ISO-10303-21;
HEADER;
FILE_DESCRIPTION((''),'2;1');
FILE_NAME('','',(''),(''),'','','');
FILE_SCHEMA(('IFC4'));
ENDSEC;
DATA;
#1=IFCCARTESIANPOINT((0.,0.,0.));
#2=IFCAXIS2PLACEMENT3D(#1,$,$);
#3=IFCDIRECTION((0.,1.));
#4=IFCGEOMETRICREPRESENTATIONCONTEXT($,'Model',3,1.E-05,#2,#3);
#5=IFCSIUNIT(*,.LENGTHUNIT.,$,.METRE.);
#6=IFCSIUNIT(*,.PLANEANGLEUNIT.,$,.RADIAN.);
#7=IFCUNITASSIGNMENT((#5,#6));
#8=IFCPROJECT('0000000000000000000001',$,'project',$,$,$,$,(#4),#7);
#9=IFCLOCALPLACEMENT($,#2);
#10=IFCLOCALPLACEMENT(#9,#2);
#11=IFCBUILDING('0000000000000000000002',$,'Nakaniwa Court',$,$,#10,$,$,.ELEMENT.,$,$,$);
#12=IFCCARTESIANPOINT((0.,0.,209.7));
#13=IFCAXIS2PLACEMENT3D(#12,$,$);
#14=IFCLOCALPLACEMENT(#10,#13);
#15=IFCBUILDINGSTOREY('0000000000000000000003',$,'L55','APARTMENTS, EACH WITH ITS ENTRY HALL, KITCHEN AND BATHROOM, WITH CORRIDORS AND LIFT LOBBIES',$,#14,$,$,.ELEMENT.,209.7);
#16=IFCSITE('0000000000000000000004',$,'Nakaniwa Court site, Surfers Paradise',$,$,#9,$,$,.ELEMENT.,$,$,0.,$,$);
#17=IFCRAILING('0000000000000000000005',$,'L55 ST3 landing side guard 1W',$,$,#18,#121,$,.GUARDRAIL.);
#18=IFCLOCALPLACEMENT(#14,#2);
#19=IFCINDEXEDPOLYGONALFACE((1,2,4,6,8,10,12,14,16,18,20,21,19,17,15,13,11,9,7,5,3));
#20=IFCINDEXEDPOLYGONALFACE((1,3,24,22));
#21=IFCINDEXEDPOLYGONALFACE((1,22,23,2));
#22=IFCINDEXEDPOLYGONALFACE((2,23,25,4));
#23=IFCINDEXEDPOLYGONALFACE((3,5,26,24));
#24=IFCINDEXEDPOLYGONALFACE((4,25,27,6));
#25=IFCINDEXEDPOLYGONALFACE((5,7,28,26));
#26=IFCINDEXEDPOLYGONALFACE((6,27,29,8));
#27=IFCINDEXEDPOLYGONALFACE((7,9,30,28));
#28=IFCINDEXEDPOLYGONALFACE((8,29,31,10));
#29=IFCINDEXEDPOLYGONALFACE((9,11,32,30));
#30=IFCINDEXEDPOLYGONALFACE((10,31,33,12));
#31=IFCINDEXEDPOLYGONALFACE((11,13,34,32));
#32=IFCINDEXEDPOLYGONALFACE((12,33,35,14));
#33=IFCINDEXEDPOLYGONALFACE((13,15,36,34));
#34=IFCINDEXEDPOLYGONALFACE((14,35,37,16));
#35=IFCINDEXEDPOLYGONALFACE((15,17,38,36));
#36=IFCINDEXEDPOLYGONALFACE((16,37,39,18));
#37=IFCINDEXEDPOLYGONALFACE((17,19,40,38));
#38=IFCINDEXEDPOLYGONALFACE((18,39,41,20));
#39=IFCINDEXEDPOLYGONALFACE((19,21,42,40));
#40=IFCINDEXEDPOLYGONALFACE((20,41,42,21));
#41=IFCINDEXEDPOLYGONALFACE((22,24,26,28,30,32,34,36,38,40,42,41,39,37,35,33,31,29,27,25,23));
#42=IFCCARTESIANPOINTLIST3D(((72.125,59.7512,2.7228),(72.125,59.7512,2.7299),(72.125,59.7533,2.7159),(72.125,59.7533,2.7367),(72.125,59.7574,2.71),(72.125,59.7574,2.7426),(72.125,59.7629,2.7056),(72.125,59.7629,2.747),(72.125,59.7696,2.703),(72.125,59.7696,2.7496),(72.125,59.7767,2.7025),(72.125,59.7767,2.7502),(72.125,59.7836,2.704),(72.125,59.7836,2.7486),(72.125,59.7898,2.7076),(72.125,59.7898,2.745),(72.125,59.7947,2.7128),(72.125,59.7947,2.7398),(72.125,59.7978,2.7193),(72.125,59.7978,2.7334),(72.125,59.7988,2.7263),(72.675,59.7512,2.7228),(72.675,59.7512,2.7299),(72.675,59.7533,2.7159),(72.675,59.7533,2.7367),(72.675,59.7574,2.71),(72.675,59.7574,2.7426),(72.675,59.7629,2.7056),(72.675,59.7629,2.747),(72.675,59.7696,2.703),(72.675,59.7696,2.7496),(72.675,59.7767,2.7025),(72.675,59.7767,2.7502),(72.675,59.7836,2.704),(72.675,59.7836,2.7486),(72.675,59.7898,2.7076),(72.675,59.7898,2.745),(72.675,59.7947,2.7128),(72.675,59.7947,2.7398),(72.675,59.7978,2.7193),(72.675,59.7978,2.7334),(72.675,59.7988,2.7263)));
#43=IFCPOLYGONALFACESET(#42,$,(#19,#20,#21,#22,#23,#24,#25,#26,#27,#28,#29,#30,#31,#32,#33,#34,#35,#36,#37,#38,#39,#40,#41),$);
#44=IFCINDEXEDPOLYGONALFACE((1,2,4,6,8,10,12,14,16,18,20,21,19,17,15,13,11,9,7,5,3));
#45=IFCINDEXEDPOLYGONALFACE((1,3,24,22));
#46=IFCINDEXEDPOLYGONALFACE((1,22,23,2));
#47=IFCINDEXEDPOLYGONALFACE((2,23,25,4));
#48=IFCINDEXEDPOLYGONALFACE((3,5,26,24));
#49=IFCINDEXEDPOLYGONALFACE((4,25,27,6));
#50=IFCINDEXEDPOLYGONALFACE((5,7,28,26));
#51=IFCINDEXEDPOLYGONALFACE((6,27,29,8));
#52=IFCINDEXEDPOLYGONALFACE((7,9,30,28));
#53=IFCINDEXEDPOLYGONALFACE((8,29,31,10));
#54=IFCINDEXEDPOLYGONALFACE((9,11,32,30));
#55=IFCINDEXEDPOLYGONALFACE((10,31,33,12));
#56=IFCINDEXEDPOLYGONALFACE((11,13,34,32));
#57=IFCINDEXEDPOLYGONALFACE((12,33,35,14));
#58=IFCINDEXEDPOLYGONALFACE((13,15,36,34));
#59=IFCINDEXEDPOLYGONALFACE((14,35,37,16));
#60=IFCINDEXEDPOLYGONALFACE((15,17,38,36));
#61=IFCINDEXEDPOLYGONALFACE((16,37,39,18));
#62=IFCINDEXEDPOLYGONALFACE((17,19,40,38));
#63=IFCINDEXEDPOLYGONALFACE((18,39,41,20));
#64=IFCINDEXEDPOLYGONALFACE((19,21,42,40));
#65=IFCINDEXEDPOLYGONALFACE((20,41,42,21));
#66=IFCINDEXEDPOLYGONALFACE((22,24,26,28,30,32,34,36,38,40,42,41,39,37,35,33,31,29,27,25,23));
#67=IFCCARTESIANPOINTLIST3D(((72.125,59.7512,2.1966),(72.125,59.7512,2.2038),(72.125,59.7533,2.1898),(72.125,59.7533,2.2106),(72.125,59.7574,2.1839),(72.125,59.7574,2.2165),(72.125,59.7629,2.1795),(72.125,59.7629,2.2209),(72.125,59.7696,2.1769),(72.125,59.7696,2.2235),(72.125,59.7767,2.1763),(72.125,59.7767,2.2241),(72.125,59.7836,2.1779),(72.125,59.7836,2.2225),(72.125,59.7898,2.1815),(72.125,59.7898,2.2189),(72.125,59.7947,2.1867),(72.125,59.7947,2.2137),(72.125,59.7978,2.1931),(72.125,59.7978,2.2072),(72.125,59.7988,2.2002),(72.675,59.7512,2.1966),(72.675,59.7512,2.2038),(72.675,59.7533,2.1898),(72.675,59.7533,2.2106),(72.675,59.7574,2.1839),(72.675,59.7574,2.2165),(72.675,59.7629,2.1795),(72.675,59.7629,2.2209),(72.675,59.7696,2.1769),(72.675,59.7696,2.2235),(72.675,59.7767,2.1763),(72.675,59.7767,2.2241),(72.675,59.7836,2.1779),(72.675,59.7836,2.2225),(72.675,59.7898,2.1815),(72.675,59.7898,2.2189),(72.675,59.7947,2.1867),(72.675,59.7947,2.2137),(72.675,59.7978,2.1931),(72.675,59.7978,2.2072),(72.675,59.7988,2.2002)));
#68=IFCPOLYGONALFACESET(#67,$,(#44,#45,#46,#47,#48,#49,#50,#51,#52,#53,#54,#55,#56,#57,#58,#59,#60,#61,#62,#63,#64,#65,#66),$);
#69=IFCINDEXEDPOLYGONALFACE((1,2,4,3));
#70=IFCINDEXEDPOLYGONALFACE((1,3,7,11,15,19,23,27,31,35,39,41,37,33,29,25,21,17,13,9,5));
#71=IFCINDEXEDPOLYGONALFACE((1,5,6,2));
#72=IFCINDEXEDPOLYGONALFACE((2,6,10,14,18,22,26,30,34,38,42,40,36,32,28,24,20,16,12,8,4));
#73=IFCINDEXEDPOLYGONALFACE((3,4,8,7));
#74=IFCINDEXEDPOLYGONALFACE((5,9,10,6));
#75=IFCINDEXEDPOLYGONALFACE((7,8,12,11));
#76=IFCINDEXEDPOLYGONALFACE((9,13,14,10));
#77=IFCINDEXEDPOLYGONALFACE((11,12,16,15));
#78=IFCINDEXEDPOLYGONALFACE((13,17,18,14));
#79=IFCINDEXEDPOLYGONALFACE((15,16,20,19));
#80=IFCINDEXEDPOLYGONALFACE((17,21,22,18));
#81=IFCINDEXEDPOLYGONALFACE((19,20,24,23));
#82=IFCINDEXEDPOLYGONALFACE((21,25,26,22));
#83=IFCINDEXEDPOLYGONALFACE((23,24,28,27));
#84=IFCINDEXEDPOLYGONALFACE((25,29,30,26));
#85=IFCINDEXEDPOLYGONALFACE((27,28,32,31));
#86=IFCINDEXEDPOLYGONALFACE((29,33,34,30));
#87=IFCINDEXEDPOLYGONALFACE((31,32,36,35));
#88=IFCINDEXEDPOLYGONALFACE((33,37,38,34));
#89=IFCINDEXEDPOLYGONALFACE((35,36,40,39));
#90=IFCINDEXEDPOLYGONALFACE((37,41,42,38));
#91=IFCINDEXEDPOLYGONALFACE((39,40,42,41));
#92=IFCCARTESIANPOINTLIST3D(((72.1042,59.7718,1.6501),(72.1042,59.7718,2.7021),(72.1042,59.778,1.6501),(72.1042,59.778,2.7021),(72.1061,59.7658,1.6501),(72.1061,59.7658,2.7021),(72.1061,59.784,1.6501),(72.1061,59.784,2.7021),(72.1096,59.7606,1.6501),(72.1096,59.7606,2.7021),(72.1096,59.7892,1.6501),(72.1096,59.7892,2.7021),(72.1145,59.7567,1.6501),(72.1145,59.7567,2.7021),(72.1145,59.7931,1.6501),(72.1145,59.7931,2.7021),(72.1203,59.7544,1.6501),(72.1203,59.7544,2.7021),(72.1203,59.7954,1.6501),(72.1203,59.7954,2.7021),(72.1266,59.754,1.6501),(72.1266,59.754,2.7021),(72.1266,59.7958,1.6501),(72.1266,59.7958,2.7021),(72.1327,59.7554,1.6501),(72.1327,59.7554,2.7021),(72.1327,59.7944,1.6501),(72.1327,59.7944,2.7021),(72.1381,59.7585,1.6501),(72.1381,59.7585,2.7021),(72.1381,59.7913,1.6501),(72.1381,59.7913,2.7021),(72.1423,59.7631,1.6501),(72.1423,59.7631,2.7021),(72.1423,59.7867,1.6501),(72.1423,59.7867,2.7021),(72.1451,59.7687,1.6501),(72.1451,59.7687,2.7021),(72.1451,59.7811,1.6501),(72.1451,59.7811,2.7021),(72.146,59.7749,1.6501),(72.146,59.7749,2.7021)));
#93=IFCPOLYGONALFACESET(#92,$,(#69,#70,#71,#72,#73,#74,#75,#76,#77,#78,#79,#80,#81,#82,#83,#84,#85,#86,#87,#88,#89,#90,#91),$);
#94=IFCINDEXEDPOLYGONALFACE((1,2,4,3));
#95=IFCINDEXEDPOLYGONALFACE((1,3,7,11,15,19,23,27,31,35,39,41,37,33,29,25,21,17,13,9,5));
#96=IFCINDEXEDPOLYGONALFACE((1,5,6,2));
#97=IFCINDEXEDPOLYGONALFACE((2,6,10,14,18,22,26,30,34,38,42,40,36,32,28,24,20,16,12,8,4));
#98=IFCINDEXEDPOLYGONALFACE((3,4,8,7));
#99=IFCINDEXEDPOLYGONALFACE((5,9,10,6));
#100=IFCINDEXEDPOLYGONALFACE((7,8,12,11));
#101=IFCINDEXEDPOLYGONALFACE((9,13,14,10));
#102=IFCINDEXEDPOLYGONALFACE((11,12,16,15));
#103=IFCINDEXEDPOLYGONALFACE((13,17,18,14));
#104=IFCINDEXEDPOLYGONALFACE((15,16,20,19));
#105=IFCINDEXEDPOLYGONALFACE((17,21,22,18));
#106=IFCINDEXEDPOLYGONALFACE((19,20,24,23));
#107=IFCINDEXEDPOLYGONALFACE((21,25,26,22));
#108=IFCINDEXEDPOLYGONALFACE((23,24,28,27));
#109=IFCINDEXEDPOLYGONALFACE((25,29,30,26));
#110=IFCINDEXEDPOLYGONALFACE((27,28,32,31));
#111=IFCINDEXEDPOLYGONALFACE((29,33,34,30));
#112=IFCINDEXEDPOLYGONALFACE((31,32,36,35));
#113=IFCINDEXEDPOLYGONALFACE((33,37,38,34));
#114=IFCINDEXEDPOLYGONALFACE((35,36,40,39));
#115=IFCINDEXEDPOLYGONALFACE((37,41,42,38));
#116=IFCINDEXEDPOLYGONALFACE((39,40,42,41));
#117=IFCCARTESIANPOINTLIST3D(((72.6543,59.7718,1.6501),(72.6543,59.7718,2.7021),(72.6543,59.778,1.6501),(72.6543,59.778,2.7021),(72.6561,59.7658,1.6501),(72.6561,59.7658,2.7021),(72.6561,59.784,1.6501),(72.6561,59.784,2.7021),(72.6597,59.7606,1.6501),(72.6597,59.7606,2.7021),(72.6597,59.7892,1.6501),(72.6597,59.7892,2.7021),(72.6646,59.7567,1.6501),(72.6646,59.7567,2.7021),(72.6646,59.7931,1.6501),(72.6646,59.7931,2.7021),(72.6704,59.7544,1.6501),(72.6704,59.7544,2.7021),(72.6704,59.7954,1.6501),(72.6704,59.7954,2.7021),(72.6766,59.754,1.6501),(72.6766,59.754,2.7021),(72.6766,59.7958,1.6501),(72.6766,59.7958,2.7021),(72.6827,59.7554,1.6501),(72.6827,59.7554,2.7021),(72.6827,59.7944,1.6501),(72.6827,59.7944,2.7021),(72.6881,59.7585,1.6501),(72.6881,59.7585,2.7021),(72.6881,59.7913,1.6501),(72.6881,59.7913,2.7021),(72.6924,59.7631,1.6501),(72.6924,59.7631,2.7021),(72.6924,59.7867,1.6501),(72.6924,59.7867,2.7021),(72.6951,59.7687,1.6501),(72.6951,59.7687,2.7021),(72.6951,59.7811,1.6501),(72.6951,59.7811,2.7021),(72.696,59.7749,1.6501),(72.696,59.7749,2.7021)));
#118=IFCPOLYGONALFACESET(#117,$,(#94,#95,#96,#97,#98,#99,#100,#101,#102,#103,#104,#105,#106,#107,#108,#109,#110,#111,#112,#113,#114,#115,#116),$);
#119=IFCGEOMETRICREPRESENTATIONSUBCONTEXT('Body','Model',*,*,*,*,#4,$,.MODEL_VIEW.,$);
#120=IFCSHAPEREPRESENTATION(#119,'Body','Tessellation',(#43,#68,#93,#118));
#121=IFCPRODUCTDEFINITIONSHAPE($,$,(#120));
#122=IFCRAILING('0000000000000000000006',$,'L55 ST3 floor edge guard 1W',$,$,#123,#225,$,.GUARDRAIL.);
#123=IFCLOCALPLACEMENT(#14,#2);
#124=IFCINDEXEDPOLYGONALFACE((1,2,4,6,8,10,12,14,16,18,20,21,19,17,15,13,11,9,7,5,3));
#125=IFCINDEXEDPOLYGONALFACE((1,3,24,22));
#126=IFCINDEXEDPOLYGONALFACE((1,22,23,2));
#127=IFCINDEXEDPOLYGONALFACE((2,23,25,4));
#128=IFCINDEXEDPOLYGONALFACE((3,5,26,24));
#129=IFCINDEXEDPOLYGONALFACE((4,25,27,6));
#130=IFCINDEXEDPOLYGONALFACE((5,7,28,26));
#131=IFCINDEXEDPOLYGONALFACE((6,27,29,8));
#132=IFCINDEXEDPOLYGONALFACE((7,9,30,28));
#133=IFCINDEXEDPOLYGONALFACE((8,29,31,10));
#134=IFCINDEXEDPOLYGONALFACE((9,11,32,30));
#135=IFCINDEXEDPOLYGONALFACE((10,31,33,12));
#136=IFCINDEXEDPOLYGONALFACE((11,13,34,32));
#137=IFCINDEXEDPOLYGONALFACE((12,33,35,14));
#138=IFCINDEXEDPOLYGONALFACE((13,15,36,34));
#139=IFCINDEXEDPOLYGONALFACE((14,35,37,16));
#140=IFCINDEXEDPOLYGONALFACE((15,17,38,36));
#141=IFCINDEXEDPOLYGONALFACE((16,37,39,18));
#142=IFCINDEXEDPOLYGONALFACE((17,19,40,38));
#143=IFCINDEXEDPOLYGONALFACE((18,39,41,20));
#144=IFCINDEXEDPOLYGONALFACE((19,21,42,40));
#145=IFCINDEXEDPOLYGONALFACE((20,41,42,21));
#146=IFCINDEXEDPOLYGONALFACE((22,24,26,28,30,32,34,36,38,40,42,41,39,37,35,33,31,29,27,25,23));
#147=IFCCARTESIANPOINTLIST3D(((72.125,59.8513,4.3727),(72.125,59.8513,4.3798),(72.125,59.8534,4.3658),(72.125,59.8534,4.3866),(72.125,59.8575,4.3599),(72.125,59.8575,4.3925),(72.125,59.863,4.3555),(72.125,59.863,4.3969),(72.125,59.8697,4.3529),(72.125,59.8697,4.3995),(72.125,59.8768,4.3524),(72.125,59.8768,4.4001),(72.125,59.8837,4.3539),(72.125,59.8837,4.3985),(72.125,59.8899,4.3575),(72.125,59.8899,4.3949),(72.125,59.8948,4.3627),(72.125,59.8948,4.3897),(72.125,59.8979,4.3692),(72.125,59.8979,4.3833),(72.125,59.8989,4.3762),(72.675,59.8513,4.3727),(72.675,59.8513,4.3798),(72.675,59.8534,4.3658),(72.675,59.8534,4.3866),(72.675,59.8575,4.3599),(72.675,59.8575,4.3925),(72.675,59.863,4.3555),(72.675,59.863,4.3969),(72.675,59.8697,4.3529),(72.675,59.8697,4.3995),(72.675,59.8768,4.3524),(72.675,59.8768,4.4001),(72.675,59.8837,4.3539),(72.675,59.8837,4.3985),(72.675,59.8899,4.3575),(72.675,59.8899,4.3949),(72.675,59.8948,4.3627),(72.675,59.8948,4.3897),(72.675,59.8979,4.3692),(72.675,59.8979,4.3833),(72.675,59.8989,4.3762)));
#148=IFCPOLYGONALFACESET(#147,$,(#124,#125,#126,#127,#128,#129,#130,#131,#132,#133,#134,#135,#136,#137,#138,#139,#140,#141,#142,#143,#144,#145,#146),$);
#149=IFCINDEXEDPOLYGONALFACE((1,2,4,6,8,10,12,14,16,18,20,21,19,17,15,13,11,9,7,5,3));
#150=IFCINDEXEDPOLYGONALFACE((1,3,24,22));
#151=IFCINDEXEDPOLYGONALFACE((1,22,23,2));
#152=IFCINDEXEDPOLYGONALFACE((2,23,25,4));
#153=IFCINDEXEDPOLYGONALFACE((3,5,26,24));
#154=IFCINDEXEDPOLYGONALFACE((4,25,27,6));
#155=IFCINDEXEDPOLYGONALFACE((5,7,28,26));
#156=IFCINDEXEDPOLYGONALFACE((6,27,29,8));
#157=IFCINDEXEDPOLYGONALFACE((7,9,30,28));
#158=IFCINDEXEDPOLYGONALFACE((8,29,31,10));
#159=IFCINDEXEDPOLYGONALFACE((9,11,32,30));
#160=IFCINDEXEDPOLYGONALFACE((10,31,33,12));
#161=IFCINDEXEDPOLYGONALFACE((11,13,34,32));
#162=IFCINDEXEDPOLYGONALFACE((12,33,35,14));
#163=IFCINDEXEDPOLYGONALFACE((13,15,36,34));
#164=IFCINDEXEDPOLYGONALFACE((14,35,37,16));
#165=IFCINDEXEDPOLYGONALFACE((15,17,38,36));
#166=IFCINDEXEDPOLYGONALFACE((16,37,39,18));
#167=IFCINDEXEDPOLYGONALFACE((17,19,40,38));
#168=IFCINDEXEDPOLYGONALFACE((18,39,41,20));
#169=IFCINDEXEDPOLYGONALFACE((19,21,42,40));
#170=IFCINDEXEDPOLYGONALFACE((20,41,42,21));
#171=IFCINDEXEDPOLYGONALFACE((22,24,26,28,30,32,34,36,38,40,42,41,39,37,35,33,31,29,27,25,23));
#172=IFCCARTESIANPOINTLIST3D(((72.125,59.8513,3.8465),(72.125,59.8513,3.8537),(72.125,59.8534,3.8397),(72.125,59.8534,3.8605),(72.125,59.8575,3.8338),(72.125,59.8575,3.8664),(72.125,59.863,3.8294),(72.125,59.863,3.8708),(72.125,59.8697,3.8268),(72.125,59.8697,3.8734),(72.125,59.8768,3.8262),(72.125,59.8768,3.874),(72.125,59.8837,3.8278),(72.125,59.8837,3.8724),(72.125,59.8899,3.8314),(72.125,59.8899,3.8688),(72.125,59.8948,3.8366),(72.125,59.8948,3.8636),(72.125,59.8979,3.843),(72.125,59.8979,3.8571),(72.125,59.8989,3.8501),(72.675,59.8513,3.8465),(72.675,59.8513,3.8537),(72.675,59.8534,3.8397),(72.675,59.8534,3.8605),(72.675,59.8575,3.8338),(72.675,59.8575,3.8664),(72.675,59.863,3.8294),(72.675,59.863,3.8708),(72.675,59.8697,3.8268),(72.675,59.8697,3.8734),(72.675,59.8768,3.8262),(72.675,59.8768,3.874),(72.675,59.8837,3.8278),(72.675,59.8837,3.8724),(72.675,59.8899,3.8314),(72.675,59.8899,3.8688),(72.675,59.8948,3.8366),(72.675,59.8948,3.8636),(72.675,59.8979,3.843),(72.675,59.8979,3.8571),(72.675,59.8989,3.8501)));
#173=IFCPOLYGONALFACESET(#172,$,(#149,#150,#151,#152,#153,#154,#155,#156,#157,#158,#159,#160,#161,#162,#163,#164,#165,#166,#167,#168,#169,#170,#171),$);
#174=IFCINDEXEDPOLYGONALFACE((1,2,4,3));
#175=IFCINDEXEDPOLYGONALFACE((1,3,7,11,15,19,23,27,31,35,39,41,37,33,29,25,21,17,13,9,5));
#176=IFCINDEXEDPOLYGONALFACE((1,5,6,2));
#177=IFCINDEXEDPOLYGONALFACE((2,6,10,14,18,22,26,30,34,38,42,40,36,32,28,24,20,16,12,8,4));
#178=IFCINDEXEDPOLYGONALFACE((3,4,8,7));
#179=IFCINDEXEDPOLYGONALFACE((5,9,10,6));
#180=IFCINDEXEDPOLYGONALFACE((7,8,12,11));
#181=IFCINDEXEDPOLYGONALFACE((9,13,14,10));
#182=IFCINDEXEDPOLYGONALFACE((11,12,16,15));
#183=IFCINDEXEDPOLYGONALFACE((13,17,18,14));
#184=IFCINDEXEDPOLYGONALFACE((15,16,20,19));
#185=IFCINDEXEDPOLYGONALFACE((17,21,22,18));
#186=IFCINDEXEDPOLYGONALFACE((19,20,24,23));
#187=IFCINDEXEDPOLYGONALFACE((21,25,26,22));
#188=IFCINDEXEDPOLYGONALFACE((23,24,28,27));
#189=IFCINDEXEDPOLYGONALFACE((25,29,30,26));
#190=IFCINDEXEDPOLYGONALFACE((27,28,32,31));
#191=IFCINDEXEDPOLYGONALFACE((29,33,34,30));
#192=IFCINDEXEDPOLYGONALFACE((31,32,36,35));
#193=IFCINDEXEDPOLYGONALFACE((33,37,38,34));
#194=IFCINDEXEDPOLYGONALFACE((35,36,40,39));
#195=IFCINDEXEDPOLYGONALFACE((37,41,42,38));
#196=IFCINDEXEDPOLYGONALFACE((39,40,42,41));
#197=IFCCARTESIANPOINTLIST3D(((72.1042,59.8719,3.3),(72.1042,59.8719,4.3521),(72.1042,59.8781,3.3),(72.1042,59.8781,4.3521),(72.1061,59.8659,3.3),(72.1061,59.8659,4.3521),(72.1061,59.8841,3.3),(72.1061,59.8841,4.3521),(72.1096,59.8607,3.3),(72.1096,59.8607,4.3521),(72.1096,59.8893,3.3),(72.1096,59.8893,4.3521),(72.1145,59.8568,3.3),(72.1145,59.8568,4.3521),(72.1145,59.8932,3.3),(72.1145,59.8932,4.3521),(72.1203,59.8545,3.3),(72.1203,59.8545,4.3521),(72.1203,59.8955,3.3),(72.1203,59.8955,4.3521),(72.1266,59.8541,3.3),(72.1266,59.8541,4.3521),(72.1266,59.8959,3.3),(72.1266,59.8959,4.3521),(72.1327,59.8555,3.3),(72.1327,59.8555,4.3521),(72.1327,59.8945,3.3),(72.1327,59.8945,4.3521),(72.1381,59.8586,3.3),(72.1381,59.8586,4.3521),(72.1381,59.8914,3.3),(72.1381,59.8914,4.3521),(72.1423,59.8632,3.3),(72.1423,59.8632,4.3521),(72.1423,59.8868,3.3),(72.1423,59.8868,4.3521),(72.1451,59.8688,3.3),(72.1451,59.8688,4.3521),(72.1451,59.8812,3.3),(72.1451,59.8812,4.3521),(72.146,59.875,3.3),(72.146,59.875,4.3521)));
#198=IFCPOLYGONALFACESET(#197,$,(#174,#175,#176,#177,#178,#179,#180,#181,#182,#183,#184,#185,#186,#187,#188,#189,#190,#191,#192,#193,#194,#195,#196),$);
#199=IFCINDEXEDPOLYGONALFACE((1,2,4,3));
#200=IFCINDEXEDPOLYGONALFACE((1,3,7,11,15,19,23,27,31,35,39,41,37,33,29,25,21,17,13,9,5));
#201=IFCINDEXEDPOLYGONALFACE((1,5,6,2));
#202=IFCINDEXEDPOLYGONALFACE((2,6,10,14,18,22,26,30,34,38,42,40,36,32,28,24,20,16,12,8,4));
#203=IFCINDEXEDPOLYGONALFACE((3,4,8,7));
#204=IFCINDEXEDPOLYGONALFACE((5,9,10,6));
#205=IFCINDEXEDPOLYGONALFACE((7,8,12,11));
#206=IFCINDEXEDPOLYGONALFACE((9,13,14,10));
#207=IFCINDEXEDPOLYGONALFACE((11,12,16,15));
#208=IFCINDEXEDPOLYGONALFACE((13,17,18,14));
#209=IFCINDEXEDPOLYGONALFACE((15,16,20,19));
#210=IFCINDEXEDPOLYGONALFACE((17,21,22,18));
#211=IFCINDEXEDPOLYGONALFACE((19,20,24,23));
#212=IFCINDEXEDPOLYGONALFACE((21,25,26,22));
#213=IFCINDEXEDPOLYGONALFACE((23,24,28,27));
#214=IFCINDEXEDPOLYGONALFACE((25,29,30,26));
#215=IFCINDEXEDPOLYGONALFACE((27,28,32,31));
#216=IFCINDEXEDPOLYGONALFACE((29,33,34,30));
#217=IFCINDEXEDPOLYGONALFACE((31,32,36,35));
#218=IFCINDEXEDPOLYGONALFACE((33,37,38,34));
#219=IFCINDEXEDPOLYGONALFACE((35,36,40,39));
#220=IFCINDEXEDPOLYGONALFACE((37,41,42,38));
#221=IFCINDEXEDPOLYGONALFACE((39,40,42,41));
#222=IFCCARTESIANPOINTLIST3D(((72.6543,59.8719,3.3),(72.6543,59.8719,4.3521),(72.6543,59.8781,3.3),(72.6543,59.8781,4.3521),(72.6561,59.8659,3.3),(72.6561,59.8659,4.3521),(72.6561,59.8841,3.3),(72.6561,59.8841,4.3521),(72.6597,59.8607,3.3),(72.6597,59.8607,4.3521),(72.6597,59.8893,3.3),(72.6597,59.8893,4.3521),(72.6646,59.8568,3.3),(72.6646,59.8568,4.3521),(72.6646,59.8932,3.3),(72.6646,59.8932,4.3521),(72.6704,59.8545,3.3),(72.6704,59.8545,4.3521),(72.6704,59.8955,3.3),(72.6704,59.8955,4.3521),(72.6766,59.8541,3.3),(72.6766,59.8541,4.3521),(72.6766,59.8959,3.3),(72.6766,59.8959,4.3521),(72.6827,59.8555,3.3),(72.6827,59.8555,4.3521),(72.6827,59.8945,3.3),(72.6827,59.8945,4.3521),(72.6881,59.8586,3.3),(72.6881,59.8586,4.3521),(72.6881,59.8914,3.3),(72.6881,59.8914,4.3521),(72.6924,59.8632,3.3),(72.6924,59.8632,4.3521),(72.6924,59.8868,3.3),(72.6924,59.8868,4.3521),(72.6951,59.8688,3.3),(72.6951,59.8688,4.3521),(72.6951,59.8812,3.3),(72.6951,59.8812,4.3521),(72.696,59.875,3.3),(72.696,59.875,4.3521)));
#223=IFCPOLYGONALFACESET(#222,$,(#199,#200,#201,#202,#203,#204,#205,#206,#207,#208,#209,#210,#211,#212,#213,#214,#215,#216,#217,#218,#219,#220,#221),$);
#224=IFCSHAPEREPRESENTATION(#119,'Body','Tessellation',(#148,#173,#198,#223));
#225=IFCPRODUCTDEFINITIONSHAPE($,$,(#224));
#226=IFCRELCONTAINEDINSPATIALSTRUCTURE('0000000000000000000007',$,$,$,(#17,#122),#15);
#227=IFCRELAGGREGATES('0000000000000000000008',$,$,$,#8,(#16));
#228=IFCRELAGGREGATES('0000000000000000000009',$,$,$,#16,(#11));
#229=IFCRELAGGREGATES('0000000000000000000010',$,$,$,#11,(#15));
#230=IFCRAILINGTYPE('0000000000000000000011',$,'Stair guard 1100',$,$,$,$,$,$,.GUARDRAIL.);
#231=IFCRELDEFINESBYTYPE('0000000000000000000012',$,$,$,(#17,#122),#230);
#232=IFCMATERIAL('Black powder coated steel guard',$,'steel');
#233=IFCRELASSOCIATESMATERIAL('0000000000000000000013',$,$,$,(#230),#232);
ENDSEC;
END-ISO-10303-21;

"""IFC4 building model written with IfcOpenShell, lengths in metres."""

from ifc_helpers import new_model, si_unit, direction, frame, origin, origin_2d, place, context, subcontext, project, spatial, circle, extrude, material, type_object, element, save


model = new_model("IFC4")

# Units and contexts
model_context = context("Model", 3, precision=1e-05, world=origin(), true_north=direction((0.0, 1.0)))
body_context = subcontext(model_context, "Body", "Model", "MODEL_VIEW")
ifc_project = project(units=[si_unit("LENGTHUNIT", "METRE"), si_unit("PLANEANGLEUNIT", "RADIAN")], contexts=[model_context])

# Site, building, storey
site_placement = place(None, origin())
site = spatial("IfcSite", under=ifc_project, at=site_placement, Name="Nakaniwa Court site, Surfers Paradise", CompositionType="ELEMENT", RefElevation=0.0)
building_placement = place(site_placement, origin())
building = spatial("IfcBuilding", under=site, at=building_placement, Name="Nakaniwa Court", CompositionType="ELEMENT")
storey_placement = place(building_placement, frame((0.0, 0.0, 209.7)))
storey = spatial("IfcBuildingStorey", under=building, at=storey_placement, Name="L55", Description="APARTMENTS, EACH WITH ITS ENTRY HALL, KITCHEN AND BATHROOM, WITH CORRIDORS AND LIFT LOBBIES", CompositionType="ELEMENT", Elevation=209.7)

# Railings
ifc_material_1 = material(Name="Black powder coated steel guard", Category="steel")
railing_type_1 = type_object("IfcRailingType", Name="Stair guard 1100", PredefinedType="GUARDRAIL", material=ifc_material_1)
for number, where, name in (
    (1, (72.125, 59.7749, 1.6501), "L55 ST3 landing side guard 1W"),
    (2, (72.125, 59.875, 3.3), "L55 ST3 floor edge guard 1W"),
):
    element("IfcRailing", number, at=place(storey_placement, frame(where)), inside=storey, type_object=railing_type_1, Name=name, PredefinedType="GUARDRAIL", context=body_context, shape_type="SweptSolid", body=[
        extrude(circle(Radius=0.0239, at=origin_2d()), frame((0.0, 0.0, 1.0762), z_axis=(1.0, 0.0, 0.0), x_axis=(0.0, 1.0, 0.0)), (0.0, 0.0, 1.0), 0.55),
        extrude(circle(Radius=0.0239, at=origin_2d()), frame((0.0, 0.0, 0.55), z_axis=(1.0, 0.0, 0.0), x_axis=(0.0, 1.0, 0.0)), (0.0, 0.0, 1.0), 0.55),
        extrude(circle(Radius=0.021, at=origin_2d()), origin(), (0.0, 0.0, 1.0), 1.052),
        extrude(circle(Radius=0.021, at=origin_2d()), frame((0.55, 0.0, 0.0)), (0.0, 0.0, 1.0), 1.052),
    ])

save(model, "model.ifc")
